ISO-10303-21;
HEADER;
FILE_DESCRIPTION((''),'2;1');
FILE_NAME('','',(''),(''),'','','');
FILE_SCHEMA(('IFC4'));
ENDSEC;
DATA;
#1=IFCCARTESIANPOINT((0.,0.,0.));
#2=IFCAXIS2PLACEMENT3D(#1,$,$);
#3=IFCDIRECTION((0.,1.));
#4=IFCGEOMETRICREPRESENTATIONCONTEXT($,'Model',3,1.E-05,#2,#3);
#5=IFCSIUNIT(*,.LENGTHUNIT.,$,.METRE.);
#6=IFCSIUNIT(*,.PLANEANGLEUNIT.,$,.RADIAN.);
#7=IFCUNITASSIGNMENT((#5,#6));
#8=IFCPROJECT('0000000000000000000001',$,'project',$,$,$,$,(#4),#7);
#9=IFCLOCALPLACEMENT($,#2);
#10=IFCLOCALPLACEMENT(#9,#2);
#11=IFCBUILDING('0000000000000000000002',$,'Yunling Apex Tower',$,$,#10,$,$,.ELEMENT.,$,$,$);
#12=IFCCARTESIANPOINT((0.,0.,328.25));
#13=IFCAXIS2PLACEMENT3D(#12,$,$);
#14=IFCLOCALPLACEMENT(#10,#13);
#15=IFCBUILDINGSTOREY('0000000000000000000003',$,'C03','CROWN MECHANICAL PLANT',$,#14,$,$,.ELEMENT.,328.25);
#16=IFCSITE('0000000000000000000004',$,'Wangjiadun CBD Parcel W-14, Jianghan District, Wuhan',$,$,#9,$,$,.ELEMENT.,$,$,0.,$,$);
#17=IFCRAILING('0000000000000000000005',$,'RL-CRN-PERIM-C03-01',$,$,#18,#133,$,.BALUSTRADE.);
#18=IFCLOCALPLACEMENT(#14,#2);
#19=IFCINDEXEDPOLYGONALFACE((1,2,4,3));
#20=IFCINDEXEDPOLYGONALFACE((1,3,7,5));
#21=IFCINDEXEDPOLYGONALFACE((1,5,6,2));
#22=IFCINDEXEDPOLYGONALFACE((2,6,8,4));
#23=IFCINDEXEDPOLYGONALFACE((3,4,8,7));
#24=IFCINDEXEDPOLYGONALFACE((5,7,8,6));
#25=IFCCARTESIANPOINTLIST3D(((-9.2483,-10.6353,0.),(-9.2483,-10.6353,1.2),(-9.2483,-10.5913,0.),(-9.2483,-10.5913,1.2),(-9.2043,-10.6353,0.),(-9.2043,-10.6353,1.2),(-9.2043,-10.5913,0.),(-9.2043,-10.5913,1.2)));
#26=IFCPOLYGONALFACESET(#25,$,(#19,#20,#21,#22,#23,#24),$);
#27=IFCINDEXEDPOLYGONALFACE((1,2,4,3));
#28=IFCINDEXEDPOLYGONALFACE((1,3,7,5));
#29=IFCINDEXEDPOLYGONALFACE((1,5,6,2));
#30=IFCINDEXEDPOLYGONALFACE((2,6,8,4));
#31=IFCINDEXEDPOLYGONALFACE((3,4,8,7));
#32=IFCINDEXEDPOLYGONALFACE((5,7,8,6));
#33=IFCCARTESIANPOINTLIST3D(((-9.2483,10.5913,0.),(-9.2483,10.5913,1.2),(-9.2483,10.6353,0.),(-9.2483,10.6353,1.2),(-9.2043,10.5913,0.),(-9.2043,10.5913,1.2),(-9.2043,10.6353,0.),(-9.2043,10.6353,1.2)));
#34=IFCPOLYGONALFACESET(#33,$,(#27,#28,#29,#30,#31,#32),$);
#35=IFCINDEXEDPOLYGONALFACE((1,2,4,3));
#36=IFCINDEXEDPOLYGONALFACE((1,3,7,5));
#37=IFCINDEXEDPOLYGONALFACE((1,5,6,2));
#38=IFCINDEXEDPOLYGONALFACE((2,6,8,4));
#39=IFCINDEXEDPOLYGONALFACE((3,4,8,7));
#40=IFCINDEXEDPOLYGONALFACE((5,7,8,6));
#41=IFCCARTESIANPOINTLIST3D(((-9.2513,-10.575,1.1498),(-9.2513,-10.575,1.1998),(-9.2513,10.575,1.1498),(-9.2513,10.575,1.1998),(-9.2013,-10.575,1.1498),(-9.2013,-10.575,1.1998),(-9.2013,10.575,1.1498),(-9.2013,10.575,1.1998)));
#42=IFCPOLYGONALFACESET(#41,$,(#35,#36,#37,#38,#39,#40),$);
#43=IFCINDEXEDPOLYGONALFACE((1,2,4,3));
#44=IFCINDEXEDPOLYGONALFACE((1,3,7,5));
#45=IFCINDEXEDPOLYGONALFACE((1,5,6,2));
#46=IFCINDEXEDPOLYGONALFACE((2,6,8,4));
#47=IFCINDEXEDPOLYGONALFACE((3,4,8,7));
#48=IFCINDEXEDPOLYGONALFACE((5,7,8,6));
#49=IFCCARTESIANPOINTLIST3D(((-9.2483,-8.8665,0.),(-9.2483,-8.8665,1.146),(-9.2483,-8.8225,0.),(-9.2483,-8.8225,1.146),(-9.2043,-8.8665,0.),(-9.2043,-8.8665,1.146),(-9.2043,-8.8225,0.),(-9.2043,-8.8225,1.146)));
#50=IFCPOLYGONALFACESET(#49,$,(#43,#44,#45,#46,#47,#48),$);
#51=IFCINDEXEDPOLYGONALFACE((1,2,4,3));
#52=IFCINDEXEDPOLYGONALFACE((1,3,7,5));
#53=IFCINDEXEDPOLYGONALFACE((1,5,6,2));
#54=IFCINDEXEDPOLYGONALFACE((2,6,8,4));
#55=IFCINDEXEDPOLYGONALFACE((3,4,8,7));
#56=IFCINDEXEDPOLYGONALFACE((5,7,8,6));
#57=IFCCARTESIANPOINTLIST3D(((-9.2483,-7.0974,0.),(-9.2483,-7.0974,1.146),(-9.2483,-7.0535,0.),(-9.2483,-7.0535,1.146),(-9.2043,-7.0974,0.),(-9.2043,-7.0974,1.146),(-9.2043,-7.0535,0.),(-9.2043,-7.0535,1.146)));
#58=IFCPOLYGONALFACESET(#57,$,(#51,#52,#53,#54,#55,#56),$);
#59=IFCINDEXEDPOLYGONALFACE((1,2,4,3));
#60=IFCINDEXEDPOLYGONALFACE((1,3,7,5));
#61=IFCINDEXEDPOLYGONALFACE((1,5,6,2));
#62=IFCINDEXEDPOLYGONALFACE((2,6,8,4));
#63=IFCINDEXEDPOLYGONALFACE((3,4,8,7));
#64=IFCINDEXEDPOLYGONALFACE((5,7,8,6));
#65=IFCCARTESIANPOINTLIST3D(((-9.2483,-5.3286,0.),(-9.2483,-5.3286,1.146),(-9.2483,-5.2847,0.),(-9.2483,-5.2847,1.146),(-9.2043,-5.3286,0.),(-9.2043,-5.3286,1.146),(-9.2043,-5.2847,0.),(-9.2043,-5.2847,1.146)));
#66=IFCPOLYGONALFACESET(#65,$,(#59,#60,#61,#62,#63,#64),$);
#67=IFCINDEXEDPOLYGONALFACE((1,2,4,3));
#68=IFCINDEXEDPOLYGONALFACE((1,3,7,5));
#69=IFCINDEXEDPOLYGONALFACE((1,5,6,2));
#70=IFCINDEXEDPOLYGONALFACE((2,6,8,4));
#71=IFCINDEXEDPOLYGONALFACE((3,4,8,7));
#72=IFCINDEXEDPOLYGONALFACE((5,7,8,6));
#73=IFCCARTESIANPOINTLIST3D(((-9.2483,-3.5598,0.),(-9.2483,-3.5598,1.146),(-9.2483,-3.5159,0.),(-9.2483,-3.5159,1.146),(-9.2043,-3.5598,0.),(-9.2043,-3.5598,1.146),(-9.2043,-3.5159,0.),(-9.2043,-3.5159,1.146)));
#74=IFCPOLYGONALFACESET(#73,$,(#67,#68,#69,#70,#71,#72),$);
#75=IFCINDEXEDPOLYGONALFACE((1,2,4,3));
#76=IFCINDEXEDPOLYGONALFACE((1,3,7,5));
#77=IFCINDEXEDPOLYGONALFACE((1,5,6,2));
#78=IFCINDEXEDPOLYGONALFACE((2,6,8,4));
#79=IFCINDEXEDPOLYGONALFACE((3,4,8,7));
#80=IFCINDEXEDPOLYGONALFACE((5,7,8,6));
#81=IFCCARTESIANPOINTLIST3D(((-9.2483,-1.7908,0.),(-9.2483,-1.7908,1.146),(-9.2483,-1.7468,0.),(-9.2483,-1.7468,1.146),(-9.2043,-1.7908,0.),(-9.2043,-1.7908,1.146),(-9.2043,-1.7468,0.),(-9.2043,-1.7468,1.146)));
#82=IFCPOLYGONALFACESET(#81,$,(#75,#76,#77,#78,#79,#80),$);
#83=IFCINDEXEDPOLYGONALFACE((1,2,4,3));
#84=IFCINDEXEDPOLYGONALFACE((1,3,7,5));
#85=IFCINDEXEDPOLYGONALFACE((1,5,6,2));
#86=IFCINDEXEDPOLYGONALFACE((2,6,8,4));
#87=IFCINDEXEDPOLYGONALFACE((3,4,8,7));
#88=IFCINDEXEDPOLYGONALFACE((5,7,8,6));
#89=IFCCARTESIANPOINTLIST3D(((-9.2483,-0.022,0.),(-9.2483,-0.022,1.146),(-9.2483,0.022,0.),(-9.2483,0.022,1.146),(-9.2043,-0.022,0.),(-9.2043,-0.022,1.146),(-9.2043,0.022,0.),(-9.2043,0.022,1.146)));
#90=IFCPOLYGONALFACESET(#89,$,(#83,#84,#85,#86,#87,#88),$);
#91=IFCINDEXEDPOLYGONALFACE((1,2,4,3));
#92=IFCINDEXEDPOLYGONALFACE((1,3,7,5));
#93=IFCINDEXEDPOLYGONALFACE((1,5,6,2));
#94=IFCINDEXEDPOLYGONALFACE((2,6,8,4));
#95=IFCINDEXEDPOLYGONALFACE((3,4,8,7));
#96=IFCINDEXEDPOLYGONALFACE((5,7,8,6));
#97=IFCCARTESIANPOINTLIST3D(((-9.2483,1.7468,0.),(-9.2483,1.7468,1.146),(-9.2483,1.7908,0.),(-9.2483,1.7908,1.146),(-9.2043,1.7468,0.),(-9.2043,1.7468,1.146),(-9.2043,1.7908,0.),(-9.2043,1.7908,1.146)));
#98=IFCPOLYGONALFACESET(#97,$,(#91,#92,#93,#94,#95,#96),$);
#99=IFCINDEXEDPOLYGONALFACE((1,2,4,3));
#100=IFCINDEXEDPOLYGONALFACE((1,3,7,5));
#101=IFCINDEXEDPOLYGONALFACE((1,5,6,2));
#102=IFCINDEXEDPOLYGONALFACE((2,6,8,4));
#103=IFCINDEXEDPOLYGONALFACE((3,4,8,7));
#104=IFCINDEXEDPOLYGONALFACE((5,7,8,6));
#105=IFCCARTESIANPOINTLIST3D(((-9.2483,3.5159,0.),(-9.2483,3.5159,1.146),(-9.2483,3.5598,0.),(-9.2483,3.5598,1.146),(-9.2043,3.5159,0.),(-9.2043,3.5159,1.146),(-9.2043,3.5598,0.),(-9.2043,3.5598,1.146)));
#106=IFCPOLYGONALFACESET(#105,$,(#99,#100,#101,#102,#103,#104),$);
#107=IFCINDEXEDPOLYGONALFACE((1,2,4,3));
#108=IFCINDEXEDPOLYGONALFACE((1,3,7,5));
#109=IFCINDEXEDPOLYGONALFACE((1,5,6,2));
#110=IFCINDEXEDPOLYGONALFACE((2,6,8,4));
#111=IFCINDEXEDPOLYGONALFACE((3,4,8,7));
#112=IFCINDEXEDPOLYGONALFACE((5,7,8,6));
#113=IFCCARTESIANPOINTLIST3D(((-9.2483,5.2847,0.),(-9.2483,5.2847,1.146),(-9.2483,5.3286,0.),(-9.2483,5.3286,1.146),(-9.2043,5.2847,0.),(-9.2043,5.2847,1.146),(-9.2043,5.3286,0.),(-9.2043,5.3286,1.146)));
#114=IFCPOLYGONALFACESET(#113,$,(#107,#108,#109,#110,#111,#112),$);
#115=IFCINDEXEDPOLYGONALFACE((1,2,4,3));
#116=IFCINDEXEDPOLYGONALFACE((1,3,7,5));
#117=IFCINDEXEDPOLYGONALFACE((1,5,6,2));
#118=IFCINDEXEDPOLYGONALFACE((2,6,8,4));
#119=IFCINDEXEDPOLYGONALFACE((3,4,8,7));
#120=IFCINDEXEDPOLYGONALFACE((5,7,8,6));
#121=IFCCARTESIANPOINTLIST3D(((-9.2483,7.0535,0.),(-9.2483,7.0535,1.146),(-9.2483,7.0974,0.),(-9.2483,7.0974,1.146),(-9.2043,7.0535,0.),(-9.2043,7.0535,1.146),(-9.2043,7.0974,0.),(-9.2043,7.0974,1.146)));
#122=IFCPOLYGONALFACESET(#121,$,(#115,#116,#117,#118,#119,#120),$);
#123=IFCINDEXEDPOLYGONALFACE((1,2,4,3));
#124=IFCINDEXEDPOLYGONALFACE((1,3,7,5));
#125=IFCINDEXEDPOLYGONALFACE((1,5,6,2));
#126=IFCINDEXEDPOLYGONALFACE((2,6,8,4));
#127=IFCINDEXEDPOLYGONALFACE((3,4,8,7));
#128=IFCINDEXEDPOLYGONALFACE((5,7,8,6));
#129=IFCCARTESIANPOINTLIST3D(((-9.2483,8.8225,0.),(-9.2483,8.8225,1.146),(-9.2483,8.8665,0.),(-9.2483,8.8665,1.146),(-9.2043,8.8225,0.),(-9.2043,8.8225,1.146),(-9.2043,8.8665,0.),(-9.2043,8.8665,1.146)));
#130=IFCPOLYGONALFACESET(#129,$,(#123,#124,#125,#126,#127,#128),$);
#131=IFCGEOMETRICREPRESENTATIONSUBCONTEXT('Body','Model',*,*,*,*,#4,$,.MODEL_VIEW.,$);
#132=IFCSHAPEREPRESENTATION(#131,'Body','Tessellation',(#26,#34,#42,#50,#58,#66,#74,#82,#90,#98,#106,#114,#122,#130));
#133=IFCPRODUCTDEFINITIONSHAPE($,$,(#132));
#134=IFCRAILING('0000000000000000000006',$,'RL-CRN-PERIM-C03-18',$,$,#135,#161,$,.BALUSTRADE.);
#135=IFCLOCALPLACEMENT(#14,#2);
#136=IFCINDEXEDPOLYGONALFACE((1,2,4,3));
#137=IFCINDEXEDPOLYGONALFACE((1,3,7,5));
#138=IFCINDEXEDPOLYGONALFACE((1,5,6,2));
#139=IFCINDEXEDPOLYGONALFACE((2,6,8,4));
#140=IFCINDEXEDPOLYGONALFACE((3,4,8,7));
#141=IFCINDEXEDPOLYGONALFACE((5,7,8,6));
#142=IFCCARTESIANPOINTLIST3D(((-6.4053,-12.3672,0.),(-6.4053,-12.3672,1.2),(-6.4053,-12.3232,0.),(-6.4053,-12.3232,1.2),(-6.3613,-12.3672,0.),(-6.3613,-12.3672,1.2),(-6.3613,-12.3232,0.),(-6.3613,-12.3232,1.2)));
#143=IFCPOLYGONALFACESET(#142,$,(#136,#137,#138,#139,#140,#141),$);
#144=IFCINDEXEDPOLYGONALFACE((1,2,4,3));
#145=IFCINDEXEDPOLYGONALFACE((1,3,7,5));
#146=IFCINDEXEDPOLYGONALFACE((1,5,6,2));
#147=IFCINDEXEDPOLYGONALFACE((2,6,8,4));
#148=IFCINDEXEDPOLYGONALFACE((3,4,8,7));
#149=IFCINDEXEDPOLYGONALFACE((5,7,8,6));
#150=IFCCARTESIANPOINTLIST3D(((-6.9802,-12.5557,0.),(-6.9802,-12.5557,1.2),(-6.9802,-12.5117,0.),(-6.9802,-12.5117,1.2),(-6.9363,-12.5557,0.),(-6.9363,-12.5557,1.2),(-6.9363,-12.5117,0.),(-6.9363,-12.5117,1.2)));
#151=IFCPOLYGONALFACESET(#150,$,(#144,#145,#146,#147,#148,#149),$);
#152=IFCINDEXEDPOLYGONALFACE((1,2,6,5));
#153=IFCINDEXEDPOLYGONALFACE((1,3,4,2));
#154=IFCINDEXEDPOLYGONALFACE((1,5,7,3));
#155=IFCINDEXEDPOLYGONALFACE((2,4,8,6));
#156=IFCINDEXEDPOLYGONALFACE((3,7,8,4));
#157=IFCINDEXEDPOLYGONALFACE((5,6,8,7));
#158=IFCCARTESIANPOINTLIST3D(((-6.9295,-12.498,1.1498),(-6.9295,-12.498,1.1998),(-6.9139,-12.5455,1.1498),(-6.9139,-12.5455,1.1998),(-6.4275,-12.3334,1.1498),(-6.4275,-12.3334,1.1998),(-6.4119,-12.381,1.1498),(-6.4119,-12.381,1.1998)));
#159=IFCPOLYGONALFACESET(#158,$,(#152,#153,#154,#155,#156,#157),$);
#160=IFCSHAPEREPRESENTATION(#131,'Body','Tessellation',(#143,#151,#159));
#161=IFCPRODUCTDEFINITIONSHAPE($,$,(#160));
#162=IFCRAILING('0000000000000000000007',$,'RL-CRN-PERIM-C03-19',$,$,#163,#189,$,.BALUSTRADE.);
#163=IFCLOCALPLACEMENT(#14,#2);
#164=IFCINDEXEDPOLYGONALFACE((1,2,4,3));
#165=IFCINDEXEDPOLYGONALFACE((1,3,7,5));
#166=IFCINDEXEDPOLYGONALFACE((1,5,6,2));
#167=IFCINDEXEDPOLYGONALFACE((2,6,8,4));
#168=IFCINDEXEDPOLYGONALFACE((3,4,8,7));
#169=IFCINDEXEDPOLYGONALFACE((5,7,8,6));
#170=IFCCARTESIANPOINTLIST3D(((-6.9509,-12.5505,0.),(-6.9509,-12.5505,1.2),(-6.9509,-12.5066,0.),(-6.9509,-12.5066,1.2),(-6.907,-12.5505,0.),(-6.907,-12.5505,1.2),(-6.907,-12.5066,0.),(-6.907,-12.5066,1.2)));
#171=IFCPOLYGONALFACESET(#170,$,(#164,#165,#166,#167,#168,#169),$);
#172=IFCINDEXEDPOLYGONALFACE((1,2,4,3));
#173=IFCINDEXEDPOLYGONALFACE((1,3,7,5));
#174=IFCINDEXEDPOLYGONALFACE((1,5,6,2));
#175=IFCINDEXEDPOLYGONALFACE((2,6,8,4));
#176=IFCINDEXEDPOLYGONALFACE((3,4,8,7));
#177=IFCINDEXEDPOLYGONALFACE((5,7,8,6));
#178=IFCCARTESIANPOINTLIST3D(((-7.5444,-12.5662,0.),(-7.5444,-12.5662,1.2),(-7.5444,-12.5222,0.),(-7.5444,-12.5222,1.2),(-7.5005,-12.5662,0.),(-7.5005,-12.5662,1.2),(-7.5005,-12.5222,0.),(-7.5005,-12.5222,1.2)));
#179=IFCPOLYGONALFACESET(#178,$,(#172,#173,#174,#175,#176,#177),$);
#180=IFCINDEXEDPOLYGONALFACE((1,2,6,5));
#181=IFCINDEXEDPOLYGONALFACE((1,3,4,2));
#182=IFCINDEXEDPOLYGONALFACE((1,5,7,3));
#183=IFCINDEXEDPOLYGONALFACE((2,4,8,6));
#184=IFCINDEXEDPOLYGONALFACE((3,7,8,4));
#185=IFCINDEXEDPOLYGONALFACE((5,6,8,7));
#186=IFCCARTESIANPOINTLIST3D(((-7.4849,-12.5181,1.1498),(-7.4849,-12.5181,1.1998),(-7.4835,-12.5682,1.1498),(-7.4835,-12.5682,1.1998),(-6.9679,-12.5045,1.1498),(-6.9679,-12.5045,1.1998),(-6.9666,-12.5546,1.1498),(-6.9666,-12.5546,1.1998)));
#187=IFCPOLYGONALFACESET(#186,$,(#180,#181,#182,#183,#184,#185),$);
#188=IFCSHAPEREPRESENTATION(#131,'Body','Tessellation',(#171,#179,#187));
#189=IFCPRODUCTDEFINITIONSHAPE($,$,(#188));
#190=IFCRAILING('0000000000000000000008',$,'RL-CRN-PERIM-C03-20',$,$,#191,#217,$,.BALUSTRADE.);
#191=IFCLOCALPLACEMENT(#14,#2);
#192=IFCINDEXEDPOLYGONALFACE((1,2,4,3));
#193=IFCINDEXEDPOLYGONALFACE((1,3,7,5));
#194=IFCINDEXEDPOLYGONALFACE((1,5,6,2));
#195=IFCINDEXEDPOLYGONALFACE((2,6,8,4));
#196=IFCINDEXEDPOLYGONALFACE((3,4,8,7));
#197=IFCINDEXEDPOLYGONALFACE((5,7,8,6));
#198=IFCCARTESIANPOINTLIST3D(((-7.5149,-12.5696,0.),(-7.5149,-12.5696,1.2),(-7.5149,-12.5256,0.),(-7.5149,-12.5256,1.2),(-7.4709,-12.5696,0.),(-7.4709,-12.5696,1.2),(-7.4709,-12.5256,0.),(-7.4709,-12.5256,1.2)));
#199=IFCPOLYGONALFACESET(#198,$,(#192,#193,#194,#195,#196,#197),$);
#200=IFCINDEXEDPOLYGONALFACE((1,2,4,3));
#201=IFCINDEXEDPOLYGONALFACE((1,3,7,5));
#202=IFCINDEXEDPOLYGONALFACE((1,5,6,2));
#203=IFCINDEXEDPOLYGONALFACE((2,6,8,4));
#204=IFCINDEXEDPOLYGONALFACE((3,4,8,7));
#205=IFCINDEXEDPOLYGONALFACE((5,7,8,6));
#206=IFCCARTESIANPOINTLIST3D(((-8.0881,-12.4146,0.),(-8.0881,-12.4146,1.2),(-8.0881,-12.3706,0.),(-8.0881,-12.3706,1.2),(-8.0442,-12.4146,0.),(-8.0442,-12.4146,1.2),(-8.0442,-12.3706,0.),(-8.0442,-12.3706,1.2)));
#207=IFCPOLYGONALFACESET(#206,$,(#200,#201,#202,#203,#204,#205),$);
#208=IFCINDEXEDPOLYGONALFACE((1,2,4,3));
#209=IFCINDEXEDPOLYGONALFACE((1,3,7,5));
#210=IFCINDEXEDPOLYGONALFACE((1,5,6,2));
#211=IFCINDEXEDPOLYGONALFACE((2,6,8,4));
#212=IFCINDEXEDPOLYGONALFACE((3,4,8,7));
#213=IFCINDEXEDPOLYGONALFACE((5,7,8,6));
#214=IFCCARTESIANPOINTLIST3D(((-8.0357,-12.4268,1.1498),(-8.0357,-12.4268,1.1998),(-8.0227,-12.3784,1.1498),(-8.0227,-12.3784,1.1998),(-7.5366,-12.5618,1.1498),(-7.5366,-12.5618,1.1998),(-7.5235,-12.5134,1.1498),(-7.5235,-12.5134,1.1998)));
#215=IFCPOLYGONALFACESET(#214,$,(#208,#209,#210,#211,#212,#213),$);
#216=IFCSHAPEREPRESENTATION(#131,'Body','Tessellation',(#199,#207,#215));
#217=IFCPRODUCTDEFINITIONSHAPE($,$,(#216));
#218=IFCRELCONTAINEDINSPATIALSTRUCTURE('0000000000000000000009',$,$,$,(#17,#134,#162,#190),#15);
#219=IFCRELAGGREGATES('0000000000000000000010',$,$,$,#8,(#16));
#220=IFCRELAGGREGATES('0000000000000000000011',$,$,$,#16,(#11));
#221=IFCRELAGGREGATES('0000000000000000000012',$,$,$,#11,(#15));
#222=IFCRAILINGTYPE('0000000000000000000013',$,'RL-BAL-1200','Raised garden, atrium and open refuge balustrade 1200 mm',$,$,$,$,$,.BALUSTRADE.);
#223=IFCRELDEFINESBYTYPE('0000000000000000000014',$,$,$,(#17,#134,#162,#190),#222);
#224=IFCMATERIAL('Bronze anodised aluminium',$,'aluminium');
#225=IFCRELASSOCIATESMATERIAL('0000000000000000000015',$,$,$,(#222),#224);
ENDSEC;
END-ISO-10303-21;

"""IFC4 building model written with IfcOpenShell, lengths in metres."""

from ifc_helpers import new_model, si_unit, direction, frame, origin, origin_2d, place, context, subcontext, project, spatial, rectangle, extrude, material, type_object, element, save


model = new_model("IFC4")

# Units and contexts
model_context = context("Model", 3, precision=1e-05, world=origin(), true_north=direction((0.0, 1.0)))
body_context = subcontext(model_context, "Body", "Model", "MODEL_VIEW")
ifc_project = project(units=[si_unit("LENGTHUNIT", "METRE"), si_unit("PLANEANGLEUNIT", "RADIAN")], contexts=[model_context])

# Site, building, storey
site_placement = place(None, origin())
site = spatial("IfcSite", under=ifc_project, at=site_placement, Name="Wangjiadun CBD Parcel W-14, Jianghan District, Wuhan", CompositionType="ELEMENT", RefElevation=0.0)
building_placement = place(site_placement, origin())
building = spatial("IfcBuilding", under=site, at=building_placement, Name="Yunling Apex Tower", CompositionType="ELEMENT")
storey_placement = place(building_placement, frame((0.0, 0.0, 328.25)))
storey = spatial("IfcBuildingStorey", under=building, at=storey_placement, Name="C03", Description="CROWN MECHANICAL PLANT", CompositionType="ELEMENT", Elevation=328.25)

# Shared definitions
ifc_material_1 = material(Name="Bronze anodised aluminium", Category="aluminium")

# Railings
railing_type_1 = type_object("IfcRailingType", Name="RL-BAL-1200", Description="Raised garden, atrium and open refuge balustrade 1200 mm", PredefinedType="BALUSTRADE", material=ifc_material_1)
railing_1_placement = place(storey_placement, frame((-9.2263, -10.6133, 0.0)))
element("IfcRailing", 1, at=railing_1_placement, inside=storey, type_object=railing_type_1, Name="RL-CRN-PERIM-C03-01", PredefinedType="BALUSTRADE", context=body_context, shape_type="SweptSolid", body=[
    extrude(rectangle(XDim=0.0439, YDim=0.0439, at=origin_2d()), origin(), (0.0, 0.0, 1.0), 1.2),
    extrude(rectangle(XDim=0.0439, YDim=0.0439, at=origin_2d()), frame((0.0, 21.2266, 0.0)), (0.0, 0.0, 1.0), 1.2),
    extrude(rectangle(XDim=0.05, YDim=0.05, at=origin_2d()), frame((0.0, 0.0383, 1.1748), z_axis=(0.0, 1.0, 0.0), x_axis=(-1.0, 0.0, 0.0)), (0.0, 0.0, 1.0), 21.1499),
    extrude(rectangle(XDim=0.0439, YDim=0.0439, at=origin_2d()), frame((0.0, 1.7688, 0.0)), (0.0, 0.0, 1.0), 1.146),
    extrude(rectangle(XDim=0.0439, YDim=0.0439, at=origin_2d()), frame((0.0, 3.5378, 0.0)), (0.0, 0.0, 1.0), 1.146),
    extrude(rectangle(XDim=0.0439, YDim=0.0439, at=origin_2d()), frame((0.0, 5.3066, 0.0)), (0.0, 0.0, 1.0), 1.146),
    extrude(rectangle(XDim=0.0439, YDim=0.0439, at=origin_2d()), frame((0.0, 7.0754, 0.0)), (0.0, 0.0, 1.0), 1.146),
    extrude(rectangle(XDim=0.0439, YDim=0.0439, at=origin_2d()), frame((0.0, 8.8445, 0.0)), (0.0, 0.0, 1.0), 1.146),
    extrude(rectangle(XDim=0.0439, YDim=0.0439, at=origin_2d()), frame((0.0, 10.6133, 0.0)), (0.0, 0.0, 1.0), 1.146),
    extrude(rectangle(XDim=0.0439, YDim=0.0439, at=origin_2d()), frame((0.0, 12.3821, 0.0)), (0.0, 0.0, 1.0), 1.146),
    extrude(rectangle(XDim=0.0439, YDim=0.0439, at=origin_2d()), frame((0.0, 14.1511, 0.0)), (0.0, 0.0, 1.0), 1.146),
    extrude(rectangle(XDim=0.0439, YDim=0.0439, at=origin_2d()), frame((0.0, 15.9199, 0.0)), (0.0, 0.0, 1.0), 1.146),
    extrude(rectangle(XDim=0.0439, YDim=0.0439, at=origin_2d()), frame((0.0, 17.6887, 0.0)), (0.0, 0.0, 1.0), 1.146),
    extrude(rectangle(XDim=0.0439, YDim=0.0439, at=origin_2d()), frame((0.0, 19.4578, 0.0)), (0.0, 0.0, 1.0), 1.146),
])
railing_2_placement = place(storey_placement, frame((-6.3833, -12.3452, 0.0)))
element("IfcRailing", 2, at=railing_2_placement, inside=storey, type_object=railing_type_1, Name="RL-CRN-PERIM-C03-18", PredefinedType="BALUSTRADE", context=body_context, shape_type="SweptSolid", body=[
    extrude(rectangle(XDim=0.0439, YDim=0.0439, at=origin_2d()), origin(), (0.0, 0.0, 1.0), 1.2),
    extrude(rectangle(XDim=0.0439, YDim=0.0439, at=origin_2d()), frame((-0.575, -0.1885, 0.0)), (0.0, 0.0, 1.0), 1.2),
    extrude(rectangle(XDim=0.05, YDim=0.05, at=origin_2d()), frame((-0.0364, -0.012, 1.1748), z_axis=(-0.950245, -0.311503, 0.0), x_axis=(0.311503, -0.950245, 0.0)), (0.0, 0.0, 1.0), 0.5283),
])
railing_3_placement = place(storey_placement, frame((-6.929, -12.5286, 0.0)))
element("IfcRailing", 3, at=railing_3_placement, inside=storey, type_object=railing_type_1, Name="RL-CRN-PERIM-C03-19", PredefinedType="BALUSTRADE", context=body_context, shape_type="SweptSolid", body=[
    extrude(rectangle(XDim=0.0439, YDim=0.0439, at=origin_2d()), origin(), (0.0, 0.0, 1.0), 1.2),
    extrude(rectangle(XDim=0.0439, YDim=0.0439, at=origin_2d()), frame((-0.5935, -0.0156, 0.0)), (0.0, 0.0, 1.0), 1.2),
    extrude(rectangle(XDim=0.05, YDim=0.05, at=origin_2d()), frame((-0.0383, -0.001, 1.1748), z_axis=(-0.999654, -0.026317, 0.0), x_axis=(0.026317, -0.999654, 0.0)), (0.0, 0.0, 1.0), 0.5171),
])
railing_4_placement = place(storey_placement, frame((-7.4929, -12.5476, 0.0)))
element("IfcRailing", 4, at=railing_4_placement, inside=storey, type_object=railing_type_1, Name="RL-CRN-PERIM-C03-20", PredefinedType="BALUSTRADE", context=body_context, shape_type="SweptSolid", body=[
    extrude(rectangle(XDim=0.0439, YDim=0.0439, at=origin_2d()), origin(), (0.0, 0.0, 1.0), 1.2),
    extrude(rectangle(XDim=0.0439, YDim=0.0439, at=origin_2d()), frame((-0.5732, 0.155, 0.0)), (0.0, 0.0, 1.0), 1.2),
    extrude(rectangle(XDim=0.05, YDim=0.05, at=origin_2d()), frame((-0.0371, 0.01, 1.1748), z_axis=(-0.965321, 0.261064, 0.0), x_axis=(-0.261064, -0.965321, 0.0)), (0.0, 0.0, 1.0), 0.5171),
])

save(model, "model.ifc")
